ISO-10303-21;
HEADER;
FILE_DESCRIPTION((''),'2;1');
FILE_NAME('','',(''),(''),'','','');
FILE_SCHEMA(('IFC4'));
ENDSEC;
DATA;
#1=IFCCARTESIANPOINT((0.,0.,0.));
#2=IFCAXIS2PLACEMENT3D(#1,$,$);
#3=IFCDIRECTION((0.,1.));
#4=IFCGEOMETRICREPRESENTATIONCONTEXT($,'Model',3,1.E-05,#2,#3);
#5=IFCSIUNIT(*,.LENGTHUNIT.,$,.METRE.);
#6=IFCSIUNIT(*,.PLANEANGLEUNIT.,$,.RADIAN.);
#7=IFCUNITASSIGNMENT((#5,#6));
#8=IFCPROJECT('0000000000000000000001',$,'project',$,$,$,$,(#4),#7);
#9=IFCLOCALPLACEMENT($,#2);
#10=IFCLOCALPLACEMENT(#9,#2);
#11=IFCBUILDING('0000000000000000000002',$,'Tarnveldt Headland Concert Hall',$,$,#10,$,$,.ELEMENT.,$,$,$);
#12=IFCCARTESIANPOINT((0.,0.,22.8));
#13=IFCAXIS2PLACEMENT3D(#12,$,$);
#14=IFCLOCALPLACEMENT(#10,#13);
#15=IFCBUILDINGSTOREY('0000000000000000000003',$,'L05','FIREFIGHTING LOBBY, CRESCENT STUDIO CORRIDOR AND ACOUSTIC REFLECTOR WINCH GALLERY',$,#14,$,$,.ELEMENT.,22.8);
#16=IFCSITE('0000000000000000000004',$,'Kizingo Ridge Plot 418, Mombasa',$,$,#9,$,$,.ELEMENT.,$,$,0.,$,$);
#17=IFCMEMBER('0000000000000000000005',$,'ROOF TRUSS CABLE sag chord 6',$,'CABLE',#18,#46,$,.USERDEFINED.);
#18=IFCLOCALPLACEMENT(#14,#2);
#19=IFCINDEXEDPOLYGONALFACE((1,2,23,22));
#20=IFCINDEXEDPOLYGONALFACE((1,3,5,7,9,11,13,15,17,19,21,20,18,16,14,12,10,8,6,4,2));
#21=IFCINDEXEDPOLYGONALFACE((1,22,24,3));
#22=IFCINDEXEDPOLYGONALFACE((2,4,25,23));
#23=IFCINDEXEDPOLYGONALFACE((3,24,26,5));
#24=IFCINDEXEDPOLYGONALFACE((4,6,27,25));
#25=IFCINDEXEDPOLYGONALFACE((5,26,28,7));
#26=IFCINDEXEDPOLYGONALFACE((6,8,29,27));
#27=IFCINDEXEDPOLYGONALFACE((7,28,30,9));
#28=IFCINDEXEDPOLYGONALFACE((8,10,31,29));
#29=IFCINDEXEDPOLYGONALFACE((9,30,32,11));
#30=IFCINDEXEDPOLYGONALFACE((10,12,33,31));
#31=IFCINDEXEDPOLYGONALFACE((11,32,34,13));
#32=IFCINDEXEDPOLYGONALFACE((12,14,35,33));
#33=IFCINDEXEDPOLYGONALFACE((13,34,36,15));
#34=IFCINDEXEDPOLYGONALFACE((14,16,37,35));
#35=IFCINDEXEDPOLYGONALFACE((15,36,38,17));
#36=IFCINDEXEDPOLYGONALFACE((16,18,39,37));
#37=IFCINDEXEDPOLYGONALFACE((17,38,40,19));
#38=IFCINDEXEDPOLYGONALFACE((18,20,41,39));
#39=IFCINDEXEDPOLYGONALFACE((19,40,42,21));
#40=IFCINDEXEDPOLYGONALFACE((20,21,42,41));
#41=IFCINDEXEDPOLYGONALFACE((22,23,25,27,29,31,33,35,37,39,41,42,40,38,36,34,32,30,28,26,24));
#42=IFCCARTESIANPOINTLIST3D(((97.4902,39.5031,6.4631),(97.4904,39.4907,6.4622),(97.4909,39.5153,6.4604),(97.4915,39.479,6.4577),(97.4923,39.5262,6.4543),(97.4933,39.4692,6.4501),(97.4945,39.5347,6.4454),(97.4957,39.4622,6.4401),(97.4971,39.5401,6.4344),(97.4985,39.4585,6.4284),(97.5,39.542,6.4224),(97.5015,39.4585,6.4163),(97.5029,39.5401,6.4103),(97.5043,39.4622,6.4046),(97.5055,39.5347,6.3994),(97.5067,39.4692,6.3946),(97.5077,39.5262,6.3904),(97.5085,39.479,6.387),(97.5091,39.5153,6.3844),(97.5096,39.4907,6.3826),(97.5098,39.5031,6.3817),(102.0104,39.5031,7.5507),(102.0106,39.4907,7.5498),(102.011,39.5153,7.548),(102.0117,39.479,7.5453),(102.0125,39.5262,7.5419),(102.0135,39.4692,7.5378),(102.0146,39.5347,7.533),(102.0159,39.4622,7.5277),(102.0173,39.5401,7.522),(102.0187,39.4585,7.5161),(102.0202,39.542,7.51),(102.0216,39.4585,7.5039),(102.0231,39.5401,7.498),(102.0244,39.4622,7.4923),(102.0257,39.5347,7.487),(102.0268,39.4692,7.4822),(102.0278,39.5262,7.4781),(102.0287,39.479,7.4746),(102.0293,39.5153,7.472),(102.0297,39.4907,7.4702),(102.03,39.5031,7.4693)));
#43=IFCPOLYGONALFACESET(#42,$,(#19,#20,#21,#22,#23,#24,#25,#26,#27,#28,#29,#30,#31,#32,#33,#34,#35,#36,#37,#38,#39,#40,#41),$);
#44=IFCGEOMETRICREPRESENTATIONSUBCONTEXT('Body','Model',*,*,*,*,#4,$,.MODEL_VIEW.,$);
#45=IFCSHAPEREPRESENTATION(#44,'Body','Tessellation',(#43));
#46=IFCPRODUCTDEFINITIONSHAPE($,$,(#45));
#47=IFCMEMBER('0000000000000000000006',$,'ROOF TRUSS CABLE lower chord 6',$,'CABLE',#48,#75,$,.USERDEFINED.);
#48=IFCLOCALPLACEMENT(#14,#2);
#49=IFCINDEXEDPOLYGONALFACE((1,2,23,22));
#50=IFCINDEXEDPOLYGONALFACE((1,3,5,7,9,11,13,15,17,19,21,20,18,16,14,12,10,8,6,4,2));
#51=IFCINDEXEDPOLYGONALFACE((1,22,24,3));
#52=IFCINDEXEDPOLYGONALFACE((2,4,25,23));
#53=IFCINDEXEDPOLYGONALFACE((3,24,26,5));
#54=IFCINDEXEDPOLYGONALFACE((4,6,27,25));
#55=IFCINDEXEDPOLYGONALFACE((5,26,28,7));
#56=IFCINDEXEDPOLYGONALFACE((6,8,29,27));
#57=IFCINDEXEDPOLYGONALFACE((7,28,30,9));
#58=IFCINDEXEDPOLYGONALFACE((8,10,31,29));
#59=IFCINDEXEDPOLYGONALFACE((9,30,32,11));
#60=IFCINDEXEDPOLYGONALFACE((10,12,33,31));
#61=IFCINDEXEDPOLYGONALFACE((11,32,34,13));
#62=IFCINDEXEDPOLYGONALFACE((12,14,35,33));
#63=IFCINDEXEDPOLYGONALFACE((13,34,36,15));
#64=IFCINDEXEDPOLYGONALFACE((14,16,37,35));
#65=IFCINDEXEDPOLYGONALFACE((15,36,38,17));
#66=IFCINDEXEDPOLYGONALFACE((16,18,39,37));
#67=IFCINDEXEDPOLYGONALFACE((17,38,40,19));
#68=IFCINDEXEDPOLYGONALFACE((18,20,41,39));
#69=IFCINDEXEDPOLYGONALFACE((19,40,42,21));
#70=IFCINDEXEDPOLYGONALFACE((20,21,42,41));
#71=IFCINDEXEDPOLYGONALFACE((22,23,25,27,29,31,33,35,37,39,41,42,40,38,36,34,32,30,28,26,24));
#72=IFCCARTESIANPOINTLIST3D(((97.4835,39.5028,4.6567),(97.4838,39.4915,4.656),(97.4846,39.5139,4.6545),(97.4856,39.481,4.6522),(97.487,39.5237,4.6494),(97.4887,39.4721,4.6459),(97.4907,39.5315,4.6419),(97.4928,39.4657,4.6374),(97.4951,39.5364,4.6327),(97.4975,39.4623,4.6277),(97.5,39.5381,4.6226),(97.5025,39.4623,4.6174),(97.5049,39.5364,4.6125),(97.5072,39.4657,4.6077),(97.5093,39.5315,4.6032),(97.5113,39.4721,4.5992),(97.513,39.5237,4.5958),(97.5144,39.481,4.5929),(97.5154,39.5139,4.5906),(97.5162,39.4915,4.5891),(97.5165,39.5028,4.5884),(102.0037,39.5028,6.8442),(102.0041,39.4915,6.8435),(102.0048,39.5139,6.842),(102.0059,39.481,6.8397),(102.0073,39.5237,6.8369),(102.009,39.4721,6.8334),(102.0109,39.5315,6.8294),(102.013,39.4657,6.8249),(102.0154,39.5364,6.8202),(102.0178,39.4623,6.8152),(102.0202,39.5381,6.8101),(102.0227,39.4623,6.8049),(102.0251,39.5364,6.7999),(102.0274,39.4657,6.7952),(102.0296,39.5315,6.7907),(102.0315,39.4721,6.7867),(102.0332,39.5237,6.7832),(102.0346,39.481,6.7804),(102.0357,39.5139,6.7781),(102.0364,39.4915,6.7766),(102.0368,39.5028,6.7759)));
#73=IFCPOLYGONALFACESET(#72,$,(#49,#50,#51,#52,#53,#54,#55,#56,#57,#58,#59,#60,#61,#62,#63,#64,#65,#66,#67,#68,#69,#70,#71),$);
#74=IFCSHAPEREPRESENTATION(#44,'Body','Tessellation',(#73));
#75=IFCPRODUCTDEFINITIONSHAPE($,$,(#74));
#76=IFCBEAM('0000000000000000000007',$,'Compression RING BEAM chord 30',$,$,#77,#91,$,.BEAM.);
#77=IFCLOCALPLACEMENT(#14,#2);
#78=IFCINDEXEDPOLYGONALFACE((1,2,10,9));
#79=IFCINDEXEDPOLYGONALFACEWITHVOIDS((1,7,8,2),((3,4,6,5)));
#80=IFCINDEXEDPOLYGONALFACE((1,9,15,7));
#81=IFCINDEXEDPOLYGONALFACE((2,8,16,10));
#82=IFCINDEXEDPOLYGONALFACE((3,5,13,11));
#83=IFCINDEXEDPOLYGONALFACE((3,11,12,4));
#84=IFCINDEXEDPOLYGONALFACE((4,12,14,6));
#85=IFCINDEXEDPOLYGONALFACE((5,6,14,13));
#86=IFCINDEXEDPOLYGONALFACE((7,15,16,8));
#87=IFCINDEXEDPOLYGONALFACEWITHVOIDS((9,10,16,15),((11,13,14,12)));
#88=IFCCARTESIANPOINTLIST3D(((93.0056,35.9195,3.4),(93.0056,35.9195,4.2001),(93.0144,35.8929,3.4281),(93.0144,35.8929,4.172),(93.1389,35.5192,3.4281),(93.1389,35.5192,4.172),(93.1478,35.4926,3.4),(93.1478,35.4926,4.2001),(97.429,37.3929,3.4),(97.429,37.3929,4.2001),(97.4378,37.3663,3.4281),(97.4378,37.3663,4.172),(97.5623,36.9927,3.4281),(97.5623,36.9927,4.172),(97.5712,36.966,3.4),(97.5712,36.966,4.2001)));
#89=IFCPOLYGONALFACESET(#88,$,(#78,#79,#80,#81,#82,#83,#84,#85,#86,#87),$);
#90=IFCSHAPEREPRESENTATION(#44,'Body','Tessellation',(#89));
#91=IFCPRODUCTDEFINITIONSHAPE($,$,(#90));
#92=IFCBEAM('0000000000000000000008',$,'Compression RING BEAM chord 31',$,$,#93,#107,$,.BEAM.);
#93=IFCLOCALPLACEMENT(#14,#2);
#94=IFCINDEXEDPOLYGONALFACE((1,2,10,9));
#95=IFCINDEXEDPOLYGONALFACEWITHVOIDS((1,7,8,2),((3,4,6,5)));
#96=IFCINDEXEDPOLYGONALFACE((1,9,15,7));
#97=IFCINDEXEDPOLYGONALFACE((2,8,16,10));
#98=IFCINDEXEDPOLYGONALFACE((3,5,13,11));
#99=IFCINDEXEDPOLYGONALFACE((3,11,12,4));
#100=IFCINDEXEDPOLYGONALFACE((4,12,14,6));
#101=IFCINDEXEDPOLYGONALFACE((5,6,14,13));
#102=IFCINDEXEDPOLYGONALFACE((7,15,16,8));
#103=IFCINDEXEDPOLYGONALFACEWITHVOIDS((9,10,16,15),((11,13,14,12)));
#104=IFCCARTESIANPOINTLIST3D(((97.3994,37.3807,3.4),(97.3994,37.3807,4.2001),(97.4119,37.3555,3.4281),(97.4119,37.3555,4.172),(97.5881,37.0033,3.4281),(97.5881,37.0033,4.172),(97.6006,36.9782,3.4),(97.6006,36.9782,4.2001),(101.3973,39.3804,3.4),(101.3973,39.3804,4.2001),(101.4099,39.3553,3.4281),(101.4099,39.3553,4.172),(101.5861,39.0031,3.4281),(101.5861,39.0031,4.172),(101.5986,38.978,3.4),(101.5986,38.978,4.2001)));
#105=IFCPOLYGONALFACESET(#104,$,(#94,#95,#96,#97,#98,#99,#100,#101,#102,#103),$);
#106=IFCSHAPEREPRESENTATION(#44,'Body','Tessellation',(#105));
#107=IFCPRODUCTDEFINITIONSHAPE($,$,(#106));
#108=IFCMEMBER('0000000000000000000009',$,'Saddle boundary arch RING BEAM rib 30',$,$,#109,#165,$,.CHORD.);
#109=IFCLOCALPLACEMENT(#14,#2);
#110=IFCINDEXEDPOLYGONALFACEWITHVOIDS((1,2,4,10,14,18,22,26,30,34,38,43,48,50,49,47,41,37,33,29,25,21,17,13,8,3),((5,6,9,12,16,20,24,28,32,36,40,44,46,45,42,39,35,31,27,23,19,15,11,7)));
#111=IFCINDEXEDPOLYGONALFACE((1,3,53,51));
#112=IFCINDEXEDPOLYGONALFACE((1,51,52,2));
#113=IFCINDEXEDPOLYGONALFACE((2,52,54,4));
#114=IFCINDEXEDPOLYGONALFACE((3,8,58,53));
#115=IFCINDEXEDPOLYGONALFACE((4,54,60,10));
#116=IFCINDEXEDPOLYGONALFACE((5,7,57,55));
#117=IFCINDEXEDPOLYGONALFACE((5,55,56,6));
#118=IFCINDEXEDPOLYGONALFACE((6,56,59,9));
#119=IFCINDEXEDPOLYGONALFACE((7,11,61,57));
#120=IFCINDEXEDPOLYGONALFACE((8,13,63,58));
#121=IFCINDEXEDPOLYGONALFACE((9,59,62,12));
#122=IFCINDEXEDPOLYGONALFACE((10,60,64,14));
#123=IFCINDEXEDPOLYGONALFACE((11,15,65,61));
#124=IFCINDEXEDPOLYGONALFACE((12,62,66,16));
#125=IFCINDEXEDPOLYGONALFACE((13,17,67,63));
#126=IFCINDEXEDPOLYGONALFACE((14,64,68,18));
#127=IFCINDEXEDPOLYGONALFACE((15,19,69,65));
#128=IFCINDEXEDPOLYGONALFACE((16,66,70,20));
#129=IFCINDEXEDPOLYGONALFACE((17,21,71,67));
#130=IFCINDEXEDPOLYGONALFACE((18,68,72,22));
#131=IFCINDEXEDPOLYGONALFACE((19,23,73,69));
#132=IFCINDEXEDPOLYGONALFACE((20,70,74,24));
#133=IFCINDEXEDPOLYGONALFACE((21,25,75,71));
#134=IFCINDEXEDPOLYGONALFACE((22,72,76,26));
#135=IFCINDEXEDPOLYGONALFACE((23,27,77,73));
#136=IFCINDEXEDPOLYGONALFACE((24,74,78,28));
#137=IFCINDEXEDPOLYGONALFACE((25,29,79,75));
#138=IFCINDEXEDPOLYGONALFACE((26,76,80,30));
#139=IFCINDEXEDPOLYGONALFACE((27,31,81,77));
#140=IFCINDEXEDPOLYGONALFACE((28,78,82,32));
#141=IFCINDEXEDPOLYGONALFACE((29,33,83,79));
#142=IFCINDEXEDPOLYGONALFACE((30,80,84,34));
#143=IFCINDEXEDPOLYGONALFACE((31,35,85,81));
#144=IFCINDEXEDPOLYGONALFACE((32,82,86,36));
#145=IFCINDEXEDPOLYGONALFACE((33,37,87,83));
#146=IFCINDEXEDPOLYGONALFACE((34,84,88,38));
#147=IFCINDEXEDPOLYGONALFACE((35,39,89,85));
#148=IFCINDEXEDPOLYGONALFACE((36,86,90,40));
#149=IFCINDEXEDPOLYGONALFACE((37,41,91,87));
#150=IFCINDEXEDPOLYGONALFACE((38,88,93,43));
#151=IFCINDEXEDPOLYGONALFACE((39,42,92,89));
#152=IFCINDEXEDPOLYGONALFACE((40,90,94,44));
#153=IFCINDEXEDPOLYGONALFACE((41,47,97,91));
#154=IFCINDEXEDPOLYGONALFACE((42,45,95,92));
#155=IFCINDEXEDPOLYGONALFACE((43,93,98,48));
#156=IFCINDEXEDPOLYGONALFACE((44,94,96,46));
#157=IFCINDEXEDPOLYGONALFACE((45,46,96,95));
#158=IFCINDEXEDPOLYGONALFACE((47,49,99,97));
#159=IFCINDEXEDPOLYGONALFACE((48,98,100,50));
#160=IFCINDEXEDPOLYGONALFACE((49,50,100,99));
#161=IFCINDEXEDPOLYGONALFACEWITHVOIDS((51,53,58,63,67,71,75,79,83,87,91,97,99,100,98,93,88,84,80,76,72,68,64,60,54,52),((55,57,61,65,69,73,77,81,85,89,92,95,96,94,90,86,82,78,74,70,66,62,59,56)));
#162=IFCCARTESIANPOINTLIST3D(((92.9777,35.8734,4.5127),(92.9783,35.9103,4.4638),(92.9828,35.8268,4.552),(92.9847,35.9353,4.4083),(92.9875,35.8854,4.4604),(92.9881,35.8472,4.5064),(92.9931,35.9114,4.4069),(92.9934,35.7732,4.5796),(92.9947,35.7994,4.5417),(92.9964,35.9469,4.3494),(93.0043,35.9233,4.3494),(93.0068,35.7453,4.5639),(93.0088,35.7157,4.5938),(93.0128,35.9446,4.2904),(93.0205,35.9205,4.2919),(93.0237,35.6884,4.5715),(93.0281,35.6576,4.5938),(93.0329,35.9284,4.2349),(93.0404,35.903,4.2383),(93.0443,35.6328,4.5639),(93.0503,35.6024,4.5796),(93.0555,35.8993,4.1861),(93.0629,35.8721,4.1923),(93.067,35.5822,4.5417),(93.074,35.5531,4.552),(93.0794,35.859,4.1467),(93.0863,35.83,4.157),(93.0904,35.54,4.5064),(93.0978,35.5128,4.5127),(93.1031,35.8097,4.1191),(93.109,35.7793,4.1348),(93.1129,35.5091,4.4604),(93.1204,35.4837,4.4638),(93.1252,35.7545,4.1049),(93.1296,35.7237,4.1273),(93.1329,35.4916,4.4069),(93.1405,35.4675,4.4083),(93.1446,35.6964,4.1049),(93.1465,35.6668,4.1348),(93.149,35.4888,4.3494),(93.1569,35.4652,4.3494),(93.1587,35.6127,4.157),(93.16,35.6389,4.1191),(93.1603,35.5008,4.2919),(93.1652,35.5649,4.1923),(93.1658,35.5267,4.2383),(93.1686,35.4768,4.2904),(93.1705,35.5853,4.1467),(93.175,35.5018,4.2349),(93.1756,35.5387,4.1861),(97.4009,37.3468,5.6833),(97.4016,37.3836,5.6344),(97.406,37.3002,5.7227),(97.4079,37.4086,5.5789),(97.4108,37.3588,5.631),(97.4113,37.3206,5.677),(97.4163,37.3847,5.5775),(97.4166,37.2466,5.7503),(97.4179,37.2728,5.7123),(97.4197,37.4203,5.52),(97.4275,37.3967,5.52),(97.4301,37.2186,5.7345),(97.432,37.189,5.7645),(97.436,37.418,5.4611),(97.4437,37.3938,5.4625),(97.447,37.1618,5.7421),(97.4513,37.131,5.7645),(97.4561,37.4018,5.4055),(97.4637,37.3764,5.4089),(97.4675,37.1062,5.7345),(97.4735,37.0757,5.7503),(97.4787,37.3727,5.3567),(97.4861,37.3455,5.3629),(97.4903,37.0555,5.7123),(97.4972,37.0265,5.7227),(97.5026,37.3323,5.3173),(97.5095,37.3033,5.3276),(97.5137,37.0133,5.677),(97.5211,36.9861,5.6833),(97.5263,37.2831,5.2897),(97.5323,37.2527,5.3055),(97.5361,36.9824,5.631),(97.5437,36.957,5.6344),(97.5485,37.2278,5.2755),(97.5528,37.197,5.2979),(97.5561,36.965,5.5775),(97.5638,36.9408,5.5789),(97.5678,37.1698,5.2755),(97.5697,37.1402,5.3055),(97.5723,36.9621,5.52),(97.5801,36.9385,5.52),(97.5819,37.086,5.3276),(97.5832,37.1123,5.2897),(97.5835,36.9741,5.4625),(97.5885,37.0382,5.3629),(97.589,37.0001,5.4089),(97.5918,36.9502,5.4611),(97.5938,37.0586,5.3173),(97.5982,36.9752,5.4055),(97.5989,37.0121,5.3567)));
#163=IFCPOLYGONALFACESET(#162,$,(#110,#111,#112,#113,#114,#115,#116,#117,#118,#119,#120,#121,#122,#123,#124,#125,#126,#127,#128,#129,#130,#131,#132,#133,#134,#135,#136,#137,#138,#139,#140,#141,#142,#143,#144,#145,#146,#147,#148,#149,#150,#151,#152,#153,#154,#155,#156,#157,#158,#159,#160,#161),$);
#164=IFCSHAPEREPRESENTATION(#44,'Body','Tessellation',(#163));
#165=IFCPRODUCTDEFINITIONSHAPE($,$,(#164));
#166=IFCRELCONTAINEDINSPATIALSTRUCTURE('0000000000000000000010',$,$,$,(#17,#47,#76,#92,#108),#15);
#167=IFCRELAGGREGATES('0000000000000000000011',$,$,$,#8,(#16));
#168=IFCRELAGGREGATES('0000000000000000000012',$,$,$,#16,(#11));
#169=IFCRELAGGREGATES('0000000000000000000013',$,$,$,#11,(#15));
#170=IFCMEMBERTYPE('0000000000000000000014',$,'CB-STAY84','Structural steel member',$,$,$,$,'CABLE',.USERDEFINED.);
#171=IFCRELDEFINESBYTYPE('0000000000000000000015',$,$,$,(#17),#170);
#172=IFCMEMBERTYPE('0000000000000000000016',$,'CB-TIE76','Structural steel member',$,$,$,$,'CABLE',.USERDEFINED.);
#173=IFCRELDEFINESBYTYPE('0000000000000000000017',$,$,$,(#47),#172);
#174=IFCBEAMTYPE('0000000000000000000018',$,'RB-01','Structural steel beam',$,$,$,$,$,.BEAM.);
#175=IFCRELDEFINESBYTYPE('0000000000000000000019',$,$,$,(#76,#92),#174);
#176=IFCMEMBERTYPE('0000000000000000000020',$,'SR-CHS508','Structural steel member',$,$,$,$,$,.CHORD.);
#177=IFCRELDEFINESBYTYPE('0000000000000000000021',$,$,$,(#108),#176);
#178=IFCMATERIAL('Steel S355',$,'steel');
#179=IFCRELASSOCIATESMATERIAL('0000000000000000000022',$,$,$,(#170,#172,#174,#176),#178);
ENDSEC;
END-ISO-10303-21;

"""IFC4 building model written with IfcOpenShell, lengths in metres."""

from ifc_helpers import new_model, si_unit, direction, frame, origin, origin_2d, place, context, subcontext, project, spatial, hollow_rectangle, circle, hollow_circle, extrude, material, material_profile, profile_set, type_object, element, save


model = new_model("IFC4")

# Units and contexts
model_context = context("Model", 3, precision=1e-05, world=origin(), true_north=direction((0.0, 1.0)))
body_context = subcontext(model_context, "Body", "Model", "MODEL_VIEW")
ifc_project = project(units=[si_unit("LENGTHUNIT", "METRE"), si_unit("PLANEANGLEUNIT", "RADIAN")], contexts=[model_context])

# Site, building, storey
site_placement = place(None, origin())
site = spatial("IfcSite", under=ifc_project, at=site_placement, Name="Kizingo Ridge Plot 418, Mombasa", CompositionType="ELEMENT", RefElevation=0.0)
building_placement = place(site_placement, origin())
building = spatial("IfcBuilding", under=site, at=building_placement, Name="Tarnveldt Headland Concert Hall", CompositionType="ELEMENT")
storey_placement = place(building_placement, frame((0.0, 0.0, 22.8)))
storey = spatial("IfcBuildingStorey", under=building, at=storey_placement, Name="L05", Description="FIREFIGHTING LOBBY, CRESCENT STUDIO CORRIDOR AND ACOUSTIC REFLECTOR WINCH GALLERY", CompositionType="ELEMENT", Elevation=22.8)

# Members
ifc_material_1 = material(Name="Steel S355", Category="steel")
ifc_material_profile_1 = material_profile(ifc_material_1, circle(Radius=0.042, at=origin_2d()), Name="LC D84", Category="steel")
ifc_profile_set_1 = profile_set([ifc_material_profile_1], Name="Steel S355")
member_type_1 = type_object("IfcMemberType", Name="CB-STAY84", Description="Structural steel member", ElementType="CABLE", PredefinedType="USERDEFINED", material=ifc_profile_set_1)
member_1_placement = place(storey_placement, frame((97.5, 39.5, 6.4224), z_axis=(0.972251, 0.0, 0.233939), x_axis=(0.0, 1.0, 0.0)))
element("IfcMember", 1, at=member_1_placement, inside=storey, type_object=member_type_1, Name="ROOF TRUSS CABLE sag chord 6", ObjectType="CABLE", PredefinedType="USERDEFINED", context=body_context, shape_type="SweptSolid", body=[
    extrude(circle(Radius=0.042, at=origin_2d()), origin(), (0.0, 0.0, 1.0), 4.6492),
])
ifc_material_profile_2 = material_profile(ifc_material_1, circle(Radius=0.0381, at=origin_2d()), Name="LC D76", Category="steel")
ifc_profile_set_2 = profile_set([ifc_material_profile_2], Name="Steel S355")
member_type_2 = type_object("IfcMemberType", Name="CB-TIE76", Description="Structural steel member", ElementType="CABLE", PredefinedType="USERDEFINED", material=ifc_profile_set_2)
member_2_placement = place(storey_placement, frame((97.5, 39.5, 4.6226), z_axis=(0.900138, 0.0, 0.435605), x_axis=(0.0, 1.0, 0.0)))
element("IfcMember", 2, at=member_2_placement, inside=storey, type_object=member_type_2, Name="ROOF TRUSS CABLE lower chord 6", ObjectType="CABLE", PredefinedType="USERDEFINED", context=body_context, shape_type="SweptSolid", body=[
    extrude(circle(Radius=0.0381, at=origin_2d()), origin(), (0.0, 0.0, 1.0), 5.0217),
])

# Beams
ifc_material_profile_3 = material_profile(ifc_material_1, hollow_rectangle(XDim=0.45, YDim=0.8, WallThickness=0.0281, at=origin_2d()), Name="RHS 800x450x28", Category="steel")
ifc_profile_set_3 = profile_set([ifc_material_profile_3], Name="Steel S355")
beam_type = type_object("IfcBeamType", Name="RB-01", Description="Structural steel beam", PredefinedType="BEAM", material=ifc_profile_set_3)
beam_1_placement = place(storey_placement, frame((93.0767, 35.7061, 3.8), z_axis=(0.948751, 0.316024, 0.0), x_axis=(-0.316024, 0.948751, 0.0)))
element("IfcBeam", 3, at=beam_1_placement, inside=storey, type_object=beam_type, Name="Compression RING BEAM chord 30", PredefinedType="BEAM", context=body_context, shape_type="SweptSolid", body=[
    extrude(hollow_rectangle(XDim=0.45, YDim=0.8, WallThickness=0.0281, at=origin_2d()), origin(), (0.0, 0.0, 1.0), 4.6624),
])
beam_2_placement = place(storey_placement, frame((97.5, 37.1794, 3.8), z_axis=(0.894362, 0.447345, 0.0), x_axis=(-0.447345, 0.894362, 0.0)))
element("IfcBeam", 4, at=beam_2_placement, inside=storey, type_object=beam_type, Name="Compression RING BEAM chord 31", PredefinedType="BEAM", context=body_context, shape_type="SweptSolid", body=[
    extrude(hollow_rectangle(XDim=0.45, YDim=0.8, WallThickness=0.0281, at=origin_2d()), origin(), (0.0, 0.0, 1.0), 4.4702),
])

# Member
ifc_material_profile_4 = material_profile(ifc_material_1, hollow_circle(Radius=0.2539, WallThickness=0.0249, at=origin_2d()), Name="CHS 508x25", Category="steel")
ifc_profile_set_4 = profile_set([ifc_material_profile_4], Name="Steel S355")
member_type_3 = type_object("IfcMemberType", Name="SR-CHS508", Description="Structural steel member", PredefinedType="CHORD", material=ifc_profile_set_4)
member_3_placement = place(storey_placement, frame((93.0767, 35.7061, 4.3494), z_axis=(0.920187, 0.306509, 0.243531), x_axis=(-0.316024, 0.948751, 0.0)))
element("IfcMember", 5, at=member_3_placement, inside=storey, type_object=member_type_3, Name="Saddle boundary arch RING BEAM rib 30", PredefinedType="CHORD", context=body_context, shape_type="SweptSolid", body=[
    extrude(hollow_circle(Radius=0.2539, WallThickness=0.0249, at=origin_2d()), origin(), (0.0, 0.0, 1.0), 4.8069),
])

save(model, "model.ifc")
